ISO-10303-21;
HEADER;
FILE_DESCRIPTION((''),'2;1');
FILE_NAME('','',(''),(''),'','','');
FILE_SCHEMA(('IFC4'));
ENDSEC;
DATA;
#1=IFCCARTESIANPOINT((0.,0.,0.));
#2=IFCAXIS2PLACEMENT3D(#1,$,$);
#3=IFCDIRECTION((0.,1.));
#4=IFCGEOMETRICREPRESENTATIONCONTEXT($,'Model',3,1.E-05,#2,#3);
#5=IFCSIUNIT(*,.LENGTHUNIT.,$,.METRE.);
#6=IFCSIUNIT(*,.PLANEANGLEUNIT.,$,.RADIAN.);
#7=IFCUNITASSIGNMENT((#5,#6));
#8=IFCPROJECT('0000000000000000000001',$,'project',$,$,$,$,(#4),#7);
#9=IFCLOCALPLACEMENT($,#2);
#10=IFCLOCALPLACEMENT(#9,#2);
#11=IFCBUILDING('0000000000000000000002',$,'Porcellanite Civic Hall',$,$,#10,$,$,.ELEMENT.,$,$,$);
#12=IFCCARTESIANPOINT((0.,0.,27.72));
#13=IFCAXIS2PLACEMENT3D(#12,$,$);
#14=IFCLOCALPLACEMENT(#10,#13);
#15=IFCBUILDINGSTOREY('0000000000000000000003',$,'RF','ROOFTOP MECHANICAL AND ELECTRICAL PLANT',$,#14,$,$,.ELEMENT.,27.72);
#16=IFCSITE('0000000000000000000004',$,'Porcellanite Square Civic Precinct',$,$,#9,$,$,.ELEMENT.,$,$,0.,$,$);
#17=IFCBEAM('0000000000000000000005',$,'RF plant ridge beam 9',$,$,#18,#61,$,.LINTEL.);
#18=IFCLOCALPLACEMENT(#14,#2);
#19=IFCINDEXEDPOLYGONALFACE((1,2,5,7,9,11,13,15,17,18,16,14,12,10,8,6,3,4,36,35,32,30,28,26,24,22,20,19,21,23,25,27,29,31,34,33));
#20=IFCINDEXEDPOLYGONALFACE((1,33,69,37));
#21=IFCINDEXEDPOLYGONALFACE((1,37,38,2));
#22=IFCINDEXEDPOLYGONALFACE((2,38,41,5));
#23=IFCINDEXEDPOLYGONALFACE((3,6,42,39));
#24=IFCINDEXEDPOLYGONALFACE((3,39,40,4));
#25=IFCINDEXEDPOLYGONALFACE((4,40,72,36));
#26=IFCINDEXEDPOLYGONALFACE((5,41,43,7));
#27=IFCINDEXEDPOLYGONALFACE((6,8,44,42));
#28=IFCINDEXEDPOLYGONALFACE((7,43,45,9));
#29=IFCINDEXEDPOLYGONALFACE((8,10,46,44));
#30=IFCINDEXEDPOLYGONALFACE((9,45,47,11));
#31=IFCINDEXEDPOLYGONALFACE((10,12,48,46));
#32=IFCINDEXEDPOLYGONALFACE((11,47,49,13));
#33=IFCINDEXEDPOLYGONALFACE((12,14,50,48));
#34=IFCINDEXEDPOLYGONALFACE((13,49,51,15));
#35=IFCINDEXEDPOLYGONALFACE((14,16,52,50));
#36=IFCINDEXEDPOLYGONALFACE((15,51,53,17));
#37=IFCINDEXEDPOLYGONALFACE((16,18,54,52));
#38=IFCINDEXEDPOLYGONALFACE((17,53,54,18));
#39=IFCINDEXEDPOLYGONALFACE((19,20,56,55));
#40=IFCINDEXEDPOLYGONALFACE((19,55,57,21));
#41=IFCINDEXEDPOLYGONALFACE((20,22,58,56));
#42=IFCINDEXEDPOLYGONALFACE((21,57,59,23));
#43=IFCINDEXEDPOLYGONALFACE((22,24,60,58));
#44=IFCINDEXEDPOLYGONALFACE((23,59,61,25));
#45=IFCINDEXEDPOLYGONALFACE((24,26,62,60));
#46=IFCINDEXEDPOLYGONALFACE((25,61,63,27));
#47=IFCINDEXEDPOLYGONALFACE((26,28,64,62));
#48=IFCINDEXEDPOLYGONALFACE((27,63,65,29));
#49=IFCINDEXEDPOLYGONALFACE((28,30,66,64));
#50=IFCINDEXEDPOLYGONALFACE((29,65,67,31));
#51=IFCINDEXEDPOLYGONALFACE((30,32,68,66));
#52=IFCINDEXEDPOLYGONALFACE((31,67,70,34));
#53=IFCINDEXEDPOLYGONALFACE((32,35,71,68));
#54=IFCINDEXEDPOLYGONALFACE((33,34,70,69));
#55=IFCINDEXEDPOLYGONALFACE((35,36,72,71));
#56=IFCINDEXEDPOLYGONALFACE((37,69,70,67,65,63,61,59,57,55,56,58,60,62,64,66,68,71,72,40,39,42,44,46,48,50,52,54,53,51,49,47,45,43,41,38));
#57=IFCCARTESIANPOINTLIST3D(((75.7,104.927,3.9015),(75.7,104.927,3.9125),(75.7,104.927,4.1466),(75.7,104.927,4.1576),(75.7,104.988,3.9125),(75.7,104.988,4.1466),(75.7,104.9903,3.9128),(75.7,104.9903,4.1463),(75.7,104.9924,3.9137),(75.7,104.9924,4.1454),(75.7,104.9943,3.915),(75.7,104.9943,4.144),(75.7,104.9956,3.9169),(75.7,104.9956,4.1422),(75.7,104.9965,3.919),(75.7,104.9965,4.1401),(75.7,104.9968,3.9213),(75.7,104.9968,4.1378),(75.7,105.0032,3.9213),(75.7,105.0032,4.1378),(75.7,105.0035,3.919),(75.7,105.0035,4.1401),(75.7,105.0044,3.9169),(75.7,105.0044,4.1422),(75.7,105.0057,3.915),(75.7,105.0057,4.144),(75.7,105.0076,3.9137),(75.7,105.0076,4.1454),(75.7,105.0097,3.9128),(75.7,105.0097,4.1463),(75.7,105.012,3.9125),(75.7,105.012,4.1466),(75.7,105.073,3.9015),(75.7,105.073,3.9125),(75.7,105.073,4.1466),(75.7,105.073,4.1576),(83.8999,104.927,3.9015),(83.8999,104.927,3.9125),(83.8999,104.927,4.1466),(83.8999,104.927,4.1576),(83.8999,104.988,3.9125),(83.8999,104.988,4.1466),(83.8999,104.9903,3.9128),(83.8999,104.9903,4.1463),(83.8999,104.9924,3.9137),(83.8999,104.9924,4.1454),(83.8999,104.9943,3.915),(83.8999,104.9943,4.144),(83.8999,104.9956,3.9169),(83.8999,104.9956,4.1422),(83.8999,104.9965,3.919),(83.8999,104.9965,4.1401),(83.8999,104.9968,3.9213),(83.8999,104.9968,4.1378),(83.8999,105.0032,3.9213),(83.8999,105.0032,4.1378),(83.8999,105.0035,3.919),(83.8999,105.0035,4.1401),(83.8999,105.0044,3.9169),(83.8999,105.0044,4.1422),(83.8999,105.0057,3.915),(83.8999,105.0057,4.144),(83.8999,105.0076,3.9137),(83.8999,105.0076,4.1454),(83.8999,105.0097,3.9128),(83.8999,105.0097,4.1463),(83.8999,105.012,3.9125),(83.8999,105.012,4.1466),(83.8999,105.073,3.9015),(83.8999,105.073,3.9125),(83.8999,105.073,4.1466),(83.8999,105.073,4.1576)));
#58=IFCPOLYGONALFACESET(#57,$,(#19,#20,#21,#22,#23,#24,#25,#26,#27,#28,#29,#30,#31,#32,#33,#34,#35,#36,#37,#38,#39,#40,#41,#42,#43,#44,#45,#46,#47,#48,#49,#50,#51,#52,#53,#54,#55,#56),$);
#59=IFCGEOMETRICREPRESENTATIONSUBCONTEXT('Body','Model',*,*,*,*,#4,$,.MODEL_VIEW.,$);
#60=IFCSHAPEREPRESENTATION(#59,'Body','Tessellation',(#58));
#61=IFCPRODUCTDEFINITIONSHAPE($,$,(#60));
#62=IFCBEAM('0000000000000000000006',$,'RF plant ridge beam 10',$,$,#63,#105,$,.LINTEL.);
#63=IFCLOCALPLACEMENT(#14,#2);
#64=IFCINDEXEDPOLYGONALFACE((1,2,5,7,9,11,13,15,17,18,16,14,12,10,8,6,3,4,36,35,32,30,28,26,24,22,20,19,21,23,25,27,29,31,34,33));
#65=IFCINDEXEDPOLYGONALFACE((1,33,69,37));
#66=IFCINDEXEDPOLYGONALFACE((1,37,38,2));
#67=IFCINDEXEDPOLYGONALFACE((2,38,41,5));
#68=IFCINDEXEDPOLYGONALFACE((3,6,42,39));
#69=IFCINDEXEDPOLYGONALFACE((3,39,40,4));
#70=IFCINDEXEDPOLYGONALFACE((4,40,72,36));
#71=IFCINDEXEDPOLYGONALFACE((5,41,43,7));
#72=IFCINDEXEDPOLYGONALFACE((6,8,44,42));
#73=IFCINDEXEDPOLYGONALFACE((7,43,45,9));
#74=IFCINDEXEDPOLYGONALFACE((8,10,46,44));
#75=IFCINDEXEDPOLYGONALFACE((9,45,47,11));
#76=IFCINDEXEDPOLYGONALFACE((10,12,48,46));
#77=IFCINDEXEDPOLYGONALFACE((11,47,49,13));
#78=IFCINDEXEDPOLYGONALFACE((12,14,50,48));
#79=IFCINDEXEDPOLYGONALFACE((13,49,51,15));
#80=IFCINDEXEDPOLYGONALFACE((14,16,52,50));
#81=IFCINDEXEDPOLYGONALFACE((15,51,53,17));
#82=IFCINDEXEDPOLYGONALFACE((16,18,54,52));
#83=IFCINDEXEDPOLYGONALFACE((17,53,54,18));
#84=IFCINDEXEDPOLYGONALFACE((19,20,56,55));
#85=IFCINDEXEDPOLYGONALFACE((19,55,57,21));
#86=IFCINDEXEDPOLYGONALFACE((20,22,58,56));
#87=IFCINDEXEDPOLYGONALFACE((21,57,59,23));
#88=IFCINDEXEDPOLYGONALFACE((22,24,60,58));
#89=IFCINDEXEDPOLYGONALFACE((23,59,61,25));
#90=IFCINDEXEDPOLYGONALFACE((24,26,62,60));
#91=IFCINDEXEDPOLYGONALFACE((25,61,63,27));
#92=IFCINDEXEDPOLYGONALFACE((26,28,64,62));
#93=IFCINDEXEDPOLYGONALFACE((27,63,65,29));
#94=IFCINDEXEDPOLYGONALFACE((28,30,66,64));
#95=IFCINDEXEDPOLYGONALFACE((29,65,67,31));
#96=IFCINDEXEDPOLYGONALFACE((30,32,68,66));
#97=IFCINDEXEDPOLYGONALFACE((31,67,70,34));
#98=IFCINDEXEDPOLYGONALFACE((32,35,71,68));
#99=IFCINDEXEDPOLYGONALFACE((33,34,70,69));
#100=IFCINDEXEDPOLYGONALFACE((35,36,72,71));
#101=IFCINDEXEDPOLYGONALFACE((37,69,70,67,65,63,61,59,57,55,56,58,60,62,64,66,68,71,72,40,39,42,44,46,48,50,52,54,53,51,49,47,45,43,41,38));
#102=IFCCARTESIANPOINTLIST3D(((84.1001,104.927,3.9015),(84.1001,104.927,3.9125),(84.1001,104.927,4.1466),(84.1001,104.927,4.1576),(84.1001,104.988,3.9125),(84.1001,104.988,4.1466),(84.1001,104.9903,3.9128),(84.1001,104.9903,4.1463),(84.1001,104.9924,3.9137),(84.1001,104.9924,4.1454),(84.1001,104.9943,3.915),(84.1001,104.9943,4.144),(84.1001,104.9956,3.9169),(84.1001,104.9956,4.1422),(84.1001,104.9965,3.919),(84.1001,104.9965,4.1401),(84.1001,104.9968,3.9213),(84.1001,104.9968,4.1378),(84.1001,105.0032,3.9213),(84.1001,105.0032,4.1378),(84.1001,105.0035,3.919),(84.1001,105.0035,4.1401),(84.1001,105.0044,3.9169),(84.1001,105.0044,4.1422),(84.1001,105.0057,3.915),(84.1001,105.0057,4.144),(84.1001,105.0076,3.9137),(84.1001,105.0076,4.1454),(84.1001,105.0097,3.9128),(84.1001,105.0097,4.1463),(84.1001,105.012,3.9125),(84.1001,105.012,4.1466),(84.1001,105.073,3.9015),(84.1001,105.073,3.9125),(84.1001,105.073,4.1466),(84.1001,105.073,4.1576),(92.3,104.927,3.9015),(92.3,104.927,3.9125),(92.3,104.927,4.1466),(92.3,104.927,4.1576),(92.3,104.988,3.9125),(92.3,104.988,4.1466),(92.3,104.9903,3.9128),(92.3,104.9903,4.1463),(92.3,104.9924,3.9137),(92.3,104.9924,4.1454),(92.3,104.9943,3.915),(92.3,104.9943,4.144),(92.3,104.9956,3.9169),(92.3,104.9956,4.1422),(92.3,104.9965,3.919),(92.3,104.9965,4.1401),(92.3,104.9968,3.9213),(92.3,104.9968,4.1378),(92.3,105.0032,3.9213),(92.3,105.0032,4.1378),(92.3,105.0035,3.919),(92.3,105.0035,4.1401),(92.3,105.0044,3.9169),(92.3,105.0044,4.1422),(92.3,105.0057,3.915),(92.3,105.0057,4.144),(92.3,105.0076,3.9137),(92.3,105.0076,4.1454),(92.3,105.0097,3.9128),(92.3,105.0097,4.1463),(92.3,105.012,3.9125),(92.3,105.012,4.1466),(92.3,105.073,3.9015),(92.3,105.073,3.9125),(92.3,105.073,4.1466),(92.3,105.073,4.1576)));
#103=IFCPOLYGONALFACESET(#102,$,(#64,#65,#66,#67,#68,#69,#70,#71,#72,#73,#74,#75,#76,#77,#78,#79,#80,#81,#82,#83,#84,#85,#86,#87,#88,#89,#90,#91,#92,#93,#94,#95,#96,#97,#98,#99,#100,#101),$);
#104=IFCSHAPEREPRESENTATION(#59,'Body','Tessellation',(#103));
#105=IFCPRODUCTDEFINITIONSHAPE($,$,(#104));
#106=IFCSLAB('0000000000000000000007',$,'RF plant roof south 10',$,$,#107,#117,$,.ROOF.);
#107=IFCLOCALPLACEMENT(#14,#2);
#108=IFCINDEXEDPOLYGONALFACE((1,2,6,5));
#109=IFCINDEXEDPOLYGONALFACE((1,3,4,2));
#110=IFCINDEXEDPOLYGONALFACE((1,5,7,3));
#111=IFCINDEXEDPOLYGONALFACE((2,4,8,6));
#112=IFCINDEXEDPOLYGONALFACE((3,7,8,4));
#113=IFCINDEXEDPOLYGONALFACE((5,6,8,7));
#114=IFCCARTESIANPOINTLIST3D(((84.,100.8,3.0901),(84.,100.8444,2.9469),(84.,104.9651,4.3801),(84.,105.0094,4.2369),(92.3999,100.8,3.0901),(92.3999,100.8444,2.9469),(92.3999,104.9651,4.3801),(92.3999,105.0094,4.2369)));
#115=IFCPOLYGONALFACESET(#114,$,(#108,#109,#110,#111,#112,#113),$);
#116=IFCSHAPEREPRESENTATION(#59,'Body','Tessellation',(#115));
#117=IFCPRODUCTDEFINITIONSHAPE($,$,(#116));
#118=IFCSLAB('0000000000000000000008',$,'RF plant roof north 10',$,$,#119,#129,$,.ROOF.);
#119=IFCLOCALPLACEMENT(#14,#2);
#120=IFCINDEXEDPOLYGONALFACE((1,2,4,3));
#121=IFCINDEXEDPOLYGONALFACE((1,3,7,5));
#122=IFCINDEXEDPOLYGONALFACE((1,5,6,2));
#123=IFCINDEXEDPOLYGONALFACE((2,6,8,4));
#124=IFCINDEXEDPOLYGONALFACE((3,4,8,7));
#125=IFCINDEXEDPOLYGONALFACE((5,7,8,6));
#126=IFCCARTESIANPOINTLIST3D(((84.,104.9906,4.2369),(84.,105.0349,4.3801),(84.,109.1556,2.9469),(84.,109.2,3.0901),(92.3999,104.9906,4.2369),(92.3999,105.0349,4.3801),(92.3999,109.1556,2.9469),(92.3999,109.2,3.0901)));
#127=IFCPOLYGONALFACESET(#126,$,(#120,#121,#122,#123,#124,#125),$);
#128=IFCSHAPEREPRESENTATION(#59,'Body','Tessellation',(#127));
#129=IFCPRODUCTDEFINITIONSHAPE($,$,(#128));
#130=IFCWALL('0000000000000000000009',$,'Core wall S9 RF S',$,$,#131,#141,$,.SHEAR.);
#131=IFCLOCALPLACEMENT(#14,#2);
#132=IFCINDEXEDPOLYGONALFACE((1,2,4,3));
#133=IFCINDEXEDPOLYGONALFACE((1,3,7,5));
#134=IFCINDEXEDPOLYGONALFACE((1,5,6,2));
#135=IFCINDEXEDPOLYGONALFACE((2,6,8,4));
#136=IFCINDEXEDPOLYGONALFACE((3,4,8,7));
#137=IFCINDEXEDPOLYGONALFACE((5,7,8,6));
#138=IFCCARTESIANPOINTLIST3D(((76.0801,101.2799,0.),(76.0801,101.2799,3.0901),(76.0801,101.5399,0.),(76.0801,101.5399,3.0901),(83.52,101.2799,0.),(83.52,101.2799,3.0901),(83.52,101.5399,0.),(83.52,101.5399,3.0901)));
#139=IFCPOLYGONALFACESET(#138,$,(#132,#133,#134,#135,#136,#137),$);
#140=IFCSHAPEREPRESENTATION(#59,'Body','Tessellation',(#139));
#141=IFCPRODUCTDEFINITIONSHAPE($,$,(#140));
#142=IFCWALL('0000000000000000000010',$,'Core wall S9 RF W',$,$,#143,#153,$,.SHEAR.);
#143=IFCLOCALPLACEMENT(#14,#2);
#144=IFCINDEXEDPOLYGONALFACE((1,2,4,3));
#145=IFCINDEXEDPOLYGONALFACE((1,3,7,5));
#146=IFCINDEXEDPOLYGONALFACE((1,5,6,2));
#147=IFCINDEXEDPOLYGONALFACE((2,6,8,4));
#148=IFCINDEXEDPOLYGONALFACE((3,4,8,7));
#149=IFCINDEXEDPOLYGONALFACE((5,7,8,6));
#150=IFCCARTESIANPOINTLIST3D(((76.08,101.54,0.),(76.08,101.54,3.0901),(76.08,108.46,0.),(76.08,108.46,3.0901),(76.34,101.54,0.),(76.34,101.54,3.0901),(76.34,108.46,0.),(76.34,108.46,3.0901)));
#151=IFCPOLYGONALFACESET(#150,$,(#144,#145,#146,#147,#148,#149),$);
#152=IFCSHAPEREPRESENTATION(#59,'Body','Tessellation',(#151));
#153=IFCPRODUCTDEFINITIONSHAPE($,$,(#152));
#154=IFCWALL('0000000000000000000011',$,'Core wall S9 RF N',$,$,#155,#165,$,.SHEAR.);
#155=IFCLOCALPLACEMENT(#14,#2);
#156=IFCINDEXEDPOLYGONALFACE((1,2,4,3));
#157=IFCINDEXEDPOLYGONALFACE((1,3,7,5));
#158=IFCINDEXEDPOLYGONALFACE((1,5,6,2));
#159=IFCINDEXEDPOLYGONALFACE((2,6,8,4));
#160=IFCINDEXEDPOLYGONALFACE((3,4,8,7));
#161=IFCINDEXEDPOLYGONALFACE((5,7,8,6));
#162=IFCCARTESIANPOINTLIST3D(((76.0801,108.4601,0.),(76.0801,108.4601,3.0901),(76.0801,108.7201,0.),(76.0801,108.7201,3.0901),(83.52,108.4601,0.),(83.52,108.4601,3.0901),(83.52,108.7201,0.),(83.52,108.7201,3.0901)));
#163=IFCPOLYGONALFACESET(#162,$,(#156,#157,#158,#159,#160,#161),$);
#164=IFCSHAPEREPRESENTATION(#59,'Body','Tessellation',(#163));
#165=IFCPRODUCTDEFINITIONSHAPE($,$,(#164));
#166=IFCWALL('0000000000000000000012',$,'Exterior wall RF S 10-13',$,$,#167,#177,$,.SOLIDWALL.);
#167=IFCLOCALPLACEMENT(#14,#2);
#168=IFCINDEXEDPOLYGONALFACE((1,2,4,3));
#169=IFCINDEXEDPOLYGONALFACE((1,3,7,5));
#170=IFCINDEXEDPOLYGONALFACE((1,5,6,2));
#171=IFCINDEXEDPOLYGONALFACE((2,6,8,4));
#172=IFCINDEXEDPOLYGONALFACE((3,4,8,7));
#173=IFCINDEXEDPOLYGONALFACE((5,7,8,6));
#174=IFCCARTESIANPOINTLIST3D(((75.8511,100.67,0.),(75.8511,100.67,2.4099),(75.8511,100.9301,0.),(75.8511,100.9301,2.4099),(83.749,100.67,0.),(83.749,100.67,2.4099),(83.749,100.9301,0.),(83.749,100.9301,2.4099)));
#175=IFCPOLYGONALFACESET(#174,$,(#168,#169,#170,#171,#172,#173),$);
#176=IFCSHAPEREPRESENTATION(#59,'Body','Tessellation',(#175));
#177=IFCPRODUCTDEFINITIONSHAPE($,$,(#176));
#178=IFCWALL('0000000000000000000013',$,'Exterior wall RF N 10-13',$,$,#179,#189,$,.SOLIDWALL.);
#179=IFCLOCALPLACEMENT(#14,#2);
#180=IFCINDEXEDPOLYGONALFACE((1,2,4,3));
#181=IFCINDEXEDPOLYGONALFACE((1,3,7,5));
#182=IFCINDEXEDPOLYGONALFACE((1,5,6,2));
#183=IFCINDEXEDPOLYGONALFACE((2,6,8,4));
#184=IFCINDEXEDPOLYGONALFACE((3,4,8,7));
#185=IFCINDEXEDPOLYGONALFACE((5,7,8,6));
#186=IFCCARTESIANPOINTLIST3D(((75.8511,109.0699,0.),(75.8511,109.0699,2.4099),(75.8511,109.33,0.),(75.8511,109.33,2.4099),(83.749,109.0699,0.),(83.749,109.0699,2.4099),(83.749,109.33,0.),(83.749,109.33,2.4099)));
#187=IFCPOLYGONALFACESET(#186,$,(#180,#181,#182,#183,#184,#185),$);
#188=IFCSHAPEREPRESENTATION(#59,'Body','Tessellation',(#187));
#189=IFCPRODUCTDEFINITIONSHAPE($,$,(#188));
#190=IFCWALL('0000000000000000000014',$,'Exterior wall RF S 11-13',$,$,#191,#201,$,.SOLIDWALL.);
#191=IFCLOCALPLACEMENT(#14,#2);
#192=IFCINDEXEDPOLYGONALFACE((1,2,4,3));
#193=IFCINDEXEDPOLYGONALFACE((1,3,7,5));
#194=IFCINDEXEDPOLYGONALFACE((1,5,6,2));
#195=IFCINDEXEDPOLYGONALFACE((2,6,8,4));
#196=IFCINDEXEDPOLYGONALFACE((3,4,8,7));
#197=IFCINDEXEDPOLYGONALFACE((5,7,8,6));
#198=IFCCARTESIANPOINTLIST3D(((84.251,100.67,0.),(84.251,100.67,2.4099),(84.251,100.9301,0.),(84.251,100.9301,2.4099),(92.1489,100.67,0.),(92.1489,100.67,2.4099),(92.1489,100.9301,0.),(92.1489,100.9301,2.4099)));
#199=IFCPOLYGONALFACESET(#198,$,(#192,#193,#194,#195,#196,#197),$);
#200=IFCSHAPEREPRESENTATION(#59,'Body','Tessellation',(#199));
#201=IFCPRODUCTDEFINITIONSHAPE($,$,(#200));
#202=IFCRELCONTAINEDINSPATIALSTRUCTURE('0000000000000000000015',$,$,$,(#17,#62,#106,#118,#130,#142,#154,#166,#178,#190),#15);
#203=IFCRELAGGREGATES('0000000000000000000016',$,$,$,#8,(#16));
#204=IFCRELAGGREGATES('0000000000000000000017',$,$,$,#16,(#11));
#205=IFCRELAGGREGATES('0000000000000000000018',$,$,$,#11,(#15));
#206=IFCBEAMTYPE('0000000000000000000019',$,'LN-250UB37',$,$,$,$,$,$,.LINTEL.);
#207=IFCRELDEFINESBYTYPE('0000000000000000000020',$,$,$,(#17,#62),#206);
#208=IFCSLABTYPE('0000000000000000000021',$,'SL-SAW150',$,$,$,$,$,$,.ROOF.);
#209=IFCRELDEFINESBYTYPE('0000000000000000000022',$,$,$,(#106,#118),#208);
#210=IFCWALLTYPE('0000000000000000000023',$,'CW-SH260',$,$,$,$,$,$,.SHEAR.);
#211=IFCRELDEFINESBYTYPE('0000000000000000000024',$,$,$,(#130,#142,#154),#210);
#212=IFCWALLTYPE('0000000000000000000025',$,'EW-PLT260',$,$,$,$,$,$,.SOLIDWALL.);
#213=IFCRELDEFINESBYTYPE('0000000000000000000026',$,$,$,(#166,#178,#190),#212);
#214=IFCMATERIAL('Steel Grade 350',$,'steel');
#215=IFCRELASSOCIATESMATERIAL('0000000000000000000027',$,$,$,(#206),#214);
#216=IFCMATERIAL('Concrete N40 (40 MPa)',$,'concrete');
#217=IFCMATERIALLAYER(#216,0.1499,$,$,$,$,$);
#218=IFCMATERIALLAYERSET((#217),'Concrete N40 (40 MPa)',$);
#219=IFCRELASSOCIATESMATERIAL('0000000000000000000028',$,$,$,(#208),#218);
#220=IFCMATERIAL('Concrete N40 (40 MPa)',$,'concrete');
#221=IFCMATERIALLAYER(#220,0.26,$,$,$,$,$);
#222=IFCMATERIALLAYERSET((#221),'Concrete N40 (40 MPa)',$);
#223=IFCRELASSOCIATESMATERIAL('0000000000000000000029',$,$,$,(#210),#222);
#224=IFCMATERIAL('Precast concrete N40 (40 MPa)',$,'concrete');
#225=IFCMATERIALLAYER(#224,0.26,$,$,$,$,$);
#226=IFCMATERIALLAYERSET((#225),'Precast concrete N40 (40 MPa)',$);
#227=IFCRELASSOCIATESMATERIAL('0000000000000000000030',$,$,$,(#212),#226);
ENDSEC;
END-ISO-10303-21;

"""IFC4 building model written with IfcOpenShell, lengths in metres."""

from ifc_helpers import new_model, si_unit, direction, frame, frame_2d, origin, origin_2d, place, context, subcontext, project, spatial, polyline, rectangle, i_section, outline, extrude, material, layer, layer_set, material_profile, profile_set, type_object, element, save


model = new_model("IFC4")

# Units and contexts
model_context = context("Model", 3, precision=1e-05, world=origin(), true_north=direction((0.0, 1.0)))
body_context = subcontext(model_context, "Body", "Model", "MODEL_VIEW")
ifc_project = project(units=[si_unit("LENGTHUNIT", "METRE"), si_unit("PLANEANGLEUNIT", "RADIAN")], contexts=[model_context])

# Site, building, storey
site_placement = place(None, origin())
site = spatial("IfcSite", under=ifc_project, at=site_placement, Name="Porcellanite Square Civic Precinct", CompositionType="ELEMENT", RefElevation=0.0)
building_placement = place(site_placement, origin())
building = spatial("IfcBuilding", under=site, at=building_placement, Name="Porcellanite Civic Hall", CompositionType="ELEMENT")
storey_placement = place(building_placement, frame((0.0, 0.0, 27.72)))
storey = spatial("IfcBuildingStorey", under=building, at=storey_placement, Name="RF", Description="ROOFTOP MECHANICAL AND ELECTRICAL PLANT", CompositionType="ELEMENT", Elevation=27.72)

# Beams
ifc_material_1 = material(Name="Steel Grade 350", Category="steel")
ifc_material_profile_1 = material_profile(ifc_material_1, i_section(OverallWidth=0.146, OverallDepth=0.2561, WebThickness=0.0063, FlangeThickness=0.011, FilletRadius=0.0088, at=origin_2d()), Name="250UB37.3")
ifc_profile_set_1 = profile_set([ifc_material_profile_1], Name="Steel Grade 350")
beam_type_1 = type_object("IfcBeamType", Name="LN-250UB37", PredefinedType="LINTEL", material=ifc_profile_set_1)
for number, where, z_axis, x_axis, name in (
    (1, (75.7, 105.0, 4.0295), (1.0, 0.0, 0.0), (0.0, 1.0, 0.0), "RF plant ridge beam 9"),
    (2, (84.1001, 105.0, 4.0295), (1.0, 0.0, 0.0), (0.0, 1.0, 0.0), "RF plant ridge beam 10"),
):
    element("IfcBeam", number, at=place(storey_placement, frame(where, z_axis=z_axis, x_axis=x_axis)), inside=storey, type_object=beam_type_1, Name=name, PredefinedType="LINTEL", context=body_context, shape_type="SweptSolid", body=[
        extrude(i_section(OverallWidth=0.146, OverallDepth=0.2561, WebThickness=0.0063, FlangeThickness=0.011, FilletRadius=0.0088, at=origin_2d()), origin(), (0.0, 0.0, 1.0), 8.2),
    ])

# Slabs
ifc_material_2 = material(Name="Concrete N40 (40 MPa)", Category="concrete")
ifc_layer_1 = layer(ifc_material_2, 0.1499)
ifc_layer_set_1 = layer_set([ifc_layer_1], Name="Concrete N40 (40 MPa)")
slab_type = type_object("IfcSlabType", Name="SL-SAW150", PredefinedType="ROOF", material=ifc_layer_set_1)
for number, where, z_axis, x_axis, name in (
    (3, (84.0, 100.8, 3.0901), (0.0, -0.295864, 0.95523), (1.0, 0.0, 0.0), "RF plant roof south 10"),
    (4, (84.0, 105.0349, 4.3801), (0.0, 0.295864, 0.95523), (1.0, 0.0, 0.0), "RF plant roof north 10"),
):
    element("IfcSlab", number, at=place(storey_placement, frame(where, z_axis=z_axis, x_axis=x_axis)), inside=storey, type_object=slab_type, Name=name, PredefinedType="ROOF", context=body_context, shape_type="SweptSolid", body=[
        extrude(outline(polyline([(0.0, 0.0), (8.3999, 0.0), (8.3999, 4.3602), (0.0, 4.3602), (0.0, 0.0)])), origin(), (0.0, 0.0, -1.0), 0.1499),
    ])

# Walls
ifc_material_3 = material(Name="Concrete N40 (40 MPa)", Category="concrete")
ifc_layer_2 = layer(ifc_material_3, 0.26)
ifc_layer_set_2 = layer_set([ifc_layer_2], Name="Concrete N40 (40 MPa)")
wall_type_1 = type_object("IfcWallType", Name="CW-SH260", PredefinedType="SHEAR", material=ifc_layer_set_2)
wall_1_placement = place(storey_placement, frame((83.52, 101.4099, 0.0), z_axis=(0.0, 0.0, 1.0), x_axis=(-1.0, 0.0, 0.0)))
element("IfcWall", 5, at=wall_1_placement, inside=storey, type_object=wall_type_1, Name="Core wall S9 RF S", PredefinedType="SHEAR", context=body_context, shape_type="SweptSolid", body=[
    extrude(rectangle(XDim=7.4399, YDim=0.26, at=frame_2d((3.72, 0.0))), origin(), (0.0, 0.0, 1.0), 3.0901),
])
wall_2_placement = place(storey_placement, frame((76.21, 101.54, 0.0), z_axis=(0.0, 0.0, 1.0), x_axis=(0.0, 1.0, 0.0)))
element("IfcWall", 6, at=wall_2_placement, inside=storey, type_object=wall_type_1, Name="Core wall S9 RF W", PredefinedType="SHEAR", context=body_context, shape_type="SweptSolid", body=[
    extrude(rectangle(XDim=6.9199, YDim=0.26, at=frame_2d((3.46, 0.0))), origin(), (0.0, 0.0, 1.0), 3.0901),
])
wall_3_placement = place(storey_placement, frame((76.0801, 108.5901, 0.0), z_axis=(0.0, 0.0, 1.0), x_axis=(1.0, 0.0, 0.0)))
element("IfcWall", 7, at=wall_3_placement, inside=storey, type_object=wall_type_1, Name="Core wall S9 RF N", PredefinedType="SHEAR", context=body_context, shape_type="SweptSolid", body=[
    extrude(rectangle(XDim=7.4399, YDim=0.26, at=frame_2d((3.72, 0.0))), origin(), (0.0, 0.0, 1.0), 3.0901),
])

# Walls
ifc_material_4 = material(Name="Precast concrete N40 (40 MPa)", Category="concrete")
ifc_layer_3 = layer(ifc_material_4, 0.26)
ifc_layer_set_3 = layer_set([ifc_layer_3], Name="Precast concrete N40 (40 MPa)")
wall_type_2 = type_object("IfcWallType", Name="EW-PLT260", PredefinedType="SOLIDWALL", material=ifc_layer_set_3)
for number, where, z_axis, x_axis, name in (
    (8, (83.749, 100.8, 0.0), (0.0, 0.0, 1.0), (-1.0, 0.0, 0.0), "Exterior wall RF S 10-13"),
    (9, (75.8511, 109.2, 0.0), (0.0, 0.0, 1.0), (1.0, 0.0, 0.0), "Exterior wall RF N 10-13"),
    (10, (92.1489, 100.8, 0.0), (0.0, 0.0, 1.0), (-1.0, 0.0, 0.0), "Exterior wall RF S 11-13"),
):
    element("IfcWall", number, at=place(storey_placement, frame(where, z_axis=z_axis, x_axis=x_axis)), inside=storey, type_object=wall_type_2, Name=name, PredefinedType="SOLIDWALL", context=body_context, shape_type="SweptSolid", body=[
        extrude(rectangle(XDim=7.8979, YDim=0.26, at=frame_2d((3.949, 0.0))), origin(), (0.0, 0.0, 1.0), 2.4099),
    ])

save(model, "model.ifc")
